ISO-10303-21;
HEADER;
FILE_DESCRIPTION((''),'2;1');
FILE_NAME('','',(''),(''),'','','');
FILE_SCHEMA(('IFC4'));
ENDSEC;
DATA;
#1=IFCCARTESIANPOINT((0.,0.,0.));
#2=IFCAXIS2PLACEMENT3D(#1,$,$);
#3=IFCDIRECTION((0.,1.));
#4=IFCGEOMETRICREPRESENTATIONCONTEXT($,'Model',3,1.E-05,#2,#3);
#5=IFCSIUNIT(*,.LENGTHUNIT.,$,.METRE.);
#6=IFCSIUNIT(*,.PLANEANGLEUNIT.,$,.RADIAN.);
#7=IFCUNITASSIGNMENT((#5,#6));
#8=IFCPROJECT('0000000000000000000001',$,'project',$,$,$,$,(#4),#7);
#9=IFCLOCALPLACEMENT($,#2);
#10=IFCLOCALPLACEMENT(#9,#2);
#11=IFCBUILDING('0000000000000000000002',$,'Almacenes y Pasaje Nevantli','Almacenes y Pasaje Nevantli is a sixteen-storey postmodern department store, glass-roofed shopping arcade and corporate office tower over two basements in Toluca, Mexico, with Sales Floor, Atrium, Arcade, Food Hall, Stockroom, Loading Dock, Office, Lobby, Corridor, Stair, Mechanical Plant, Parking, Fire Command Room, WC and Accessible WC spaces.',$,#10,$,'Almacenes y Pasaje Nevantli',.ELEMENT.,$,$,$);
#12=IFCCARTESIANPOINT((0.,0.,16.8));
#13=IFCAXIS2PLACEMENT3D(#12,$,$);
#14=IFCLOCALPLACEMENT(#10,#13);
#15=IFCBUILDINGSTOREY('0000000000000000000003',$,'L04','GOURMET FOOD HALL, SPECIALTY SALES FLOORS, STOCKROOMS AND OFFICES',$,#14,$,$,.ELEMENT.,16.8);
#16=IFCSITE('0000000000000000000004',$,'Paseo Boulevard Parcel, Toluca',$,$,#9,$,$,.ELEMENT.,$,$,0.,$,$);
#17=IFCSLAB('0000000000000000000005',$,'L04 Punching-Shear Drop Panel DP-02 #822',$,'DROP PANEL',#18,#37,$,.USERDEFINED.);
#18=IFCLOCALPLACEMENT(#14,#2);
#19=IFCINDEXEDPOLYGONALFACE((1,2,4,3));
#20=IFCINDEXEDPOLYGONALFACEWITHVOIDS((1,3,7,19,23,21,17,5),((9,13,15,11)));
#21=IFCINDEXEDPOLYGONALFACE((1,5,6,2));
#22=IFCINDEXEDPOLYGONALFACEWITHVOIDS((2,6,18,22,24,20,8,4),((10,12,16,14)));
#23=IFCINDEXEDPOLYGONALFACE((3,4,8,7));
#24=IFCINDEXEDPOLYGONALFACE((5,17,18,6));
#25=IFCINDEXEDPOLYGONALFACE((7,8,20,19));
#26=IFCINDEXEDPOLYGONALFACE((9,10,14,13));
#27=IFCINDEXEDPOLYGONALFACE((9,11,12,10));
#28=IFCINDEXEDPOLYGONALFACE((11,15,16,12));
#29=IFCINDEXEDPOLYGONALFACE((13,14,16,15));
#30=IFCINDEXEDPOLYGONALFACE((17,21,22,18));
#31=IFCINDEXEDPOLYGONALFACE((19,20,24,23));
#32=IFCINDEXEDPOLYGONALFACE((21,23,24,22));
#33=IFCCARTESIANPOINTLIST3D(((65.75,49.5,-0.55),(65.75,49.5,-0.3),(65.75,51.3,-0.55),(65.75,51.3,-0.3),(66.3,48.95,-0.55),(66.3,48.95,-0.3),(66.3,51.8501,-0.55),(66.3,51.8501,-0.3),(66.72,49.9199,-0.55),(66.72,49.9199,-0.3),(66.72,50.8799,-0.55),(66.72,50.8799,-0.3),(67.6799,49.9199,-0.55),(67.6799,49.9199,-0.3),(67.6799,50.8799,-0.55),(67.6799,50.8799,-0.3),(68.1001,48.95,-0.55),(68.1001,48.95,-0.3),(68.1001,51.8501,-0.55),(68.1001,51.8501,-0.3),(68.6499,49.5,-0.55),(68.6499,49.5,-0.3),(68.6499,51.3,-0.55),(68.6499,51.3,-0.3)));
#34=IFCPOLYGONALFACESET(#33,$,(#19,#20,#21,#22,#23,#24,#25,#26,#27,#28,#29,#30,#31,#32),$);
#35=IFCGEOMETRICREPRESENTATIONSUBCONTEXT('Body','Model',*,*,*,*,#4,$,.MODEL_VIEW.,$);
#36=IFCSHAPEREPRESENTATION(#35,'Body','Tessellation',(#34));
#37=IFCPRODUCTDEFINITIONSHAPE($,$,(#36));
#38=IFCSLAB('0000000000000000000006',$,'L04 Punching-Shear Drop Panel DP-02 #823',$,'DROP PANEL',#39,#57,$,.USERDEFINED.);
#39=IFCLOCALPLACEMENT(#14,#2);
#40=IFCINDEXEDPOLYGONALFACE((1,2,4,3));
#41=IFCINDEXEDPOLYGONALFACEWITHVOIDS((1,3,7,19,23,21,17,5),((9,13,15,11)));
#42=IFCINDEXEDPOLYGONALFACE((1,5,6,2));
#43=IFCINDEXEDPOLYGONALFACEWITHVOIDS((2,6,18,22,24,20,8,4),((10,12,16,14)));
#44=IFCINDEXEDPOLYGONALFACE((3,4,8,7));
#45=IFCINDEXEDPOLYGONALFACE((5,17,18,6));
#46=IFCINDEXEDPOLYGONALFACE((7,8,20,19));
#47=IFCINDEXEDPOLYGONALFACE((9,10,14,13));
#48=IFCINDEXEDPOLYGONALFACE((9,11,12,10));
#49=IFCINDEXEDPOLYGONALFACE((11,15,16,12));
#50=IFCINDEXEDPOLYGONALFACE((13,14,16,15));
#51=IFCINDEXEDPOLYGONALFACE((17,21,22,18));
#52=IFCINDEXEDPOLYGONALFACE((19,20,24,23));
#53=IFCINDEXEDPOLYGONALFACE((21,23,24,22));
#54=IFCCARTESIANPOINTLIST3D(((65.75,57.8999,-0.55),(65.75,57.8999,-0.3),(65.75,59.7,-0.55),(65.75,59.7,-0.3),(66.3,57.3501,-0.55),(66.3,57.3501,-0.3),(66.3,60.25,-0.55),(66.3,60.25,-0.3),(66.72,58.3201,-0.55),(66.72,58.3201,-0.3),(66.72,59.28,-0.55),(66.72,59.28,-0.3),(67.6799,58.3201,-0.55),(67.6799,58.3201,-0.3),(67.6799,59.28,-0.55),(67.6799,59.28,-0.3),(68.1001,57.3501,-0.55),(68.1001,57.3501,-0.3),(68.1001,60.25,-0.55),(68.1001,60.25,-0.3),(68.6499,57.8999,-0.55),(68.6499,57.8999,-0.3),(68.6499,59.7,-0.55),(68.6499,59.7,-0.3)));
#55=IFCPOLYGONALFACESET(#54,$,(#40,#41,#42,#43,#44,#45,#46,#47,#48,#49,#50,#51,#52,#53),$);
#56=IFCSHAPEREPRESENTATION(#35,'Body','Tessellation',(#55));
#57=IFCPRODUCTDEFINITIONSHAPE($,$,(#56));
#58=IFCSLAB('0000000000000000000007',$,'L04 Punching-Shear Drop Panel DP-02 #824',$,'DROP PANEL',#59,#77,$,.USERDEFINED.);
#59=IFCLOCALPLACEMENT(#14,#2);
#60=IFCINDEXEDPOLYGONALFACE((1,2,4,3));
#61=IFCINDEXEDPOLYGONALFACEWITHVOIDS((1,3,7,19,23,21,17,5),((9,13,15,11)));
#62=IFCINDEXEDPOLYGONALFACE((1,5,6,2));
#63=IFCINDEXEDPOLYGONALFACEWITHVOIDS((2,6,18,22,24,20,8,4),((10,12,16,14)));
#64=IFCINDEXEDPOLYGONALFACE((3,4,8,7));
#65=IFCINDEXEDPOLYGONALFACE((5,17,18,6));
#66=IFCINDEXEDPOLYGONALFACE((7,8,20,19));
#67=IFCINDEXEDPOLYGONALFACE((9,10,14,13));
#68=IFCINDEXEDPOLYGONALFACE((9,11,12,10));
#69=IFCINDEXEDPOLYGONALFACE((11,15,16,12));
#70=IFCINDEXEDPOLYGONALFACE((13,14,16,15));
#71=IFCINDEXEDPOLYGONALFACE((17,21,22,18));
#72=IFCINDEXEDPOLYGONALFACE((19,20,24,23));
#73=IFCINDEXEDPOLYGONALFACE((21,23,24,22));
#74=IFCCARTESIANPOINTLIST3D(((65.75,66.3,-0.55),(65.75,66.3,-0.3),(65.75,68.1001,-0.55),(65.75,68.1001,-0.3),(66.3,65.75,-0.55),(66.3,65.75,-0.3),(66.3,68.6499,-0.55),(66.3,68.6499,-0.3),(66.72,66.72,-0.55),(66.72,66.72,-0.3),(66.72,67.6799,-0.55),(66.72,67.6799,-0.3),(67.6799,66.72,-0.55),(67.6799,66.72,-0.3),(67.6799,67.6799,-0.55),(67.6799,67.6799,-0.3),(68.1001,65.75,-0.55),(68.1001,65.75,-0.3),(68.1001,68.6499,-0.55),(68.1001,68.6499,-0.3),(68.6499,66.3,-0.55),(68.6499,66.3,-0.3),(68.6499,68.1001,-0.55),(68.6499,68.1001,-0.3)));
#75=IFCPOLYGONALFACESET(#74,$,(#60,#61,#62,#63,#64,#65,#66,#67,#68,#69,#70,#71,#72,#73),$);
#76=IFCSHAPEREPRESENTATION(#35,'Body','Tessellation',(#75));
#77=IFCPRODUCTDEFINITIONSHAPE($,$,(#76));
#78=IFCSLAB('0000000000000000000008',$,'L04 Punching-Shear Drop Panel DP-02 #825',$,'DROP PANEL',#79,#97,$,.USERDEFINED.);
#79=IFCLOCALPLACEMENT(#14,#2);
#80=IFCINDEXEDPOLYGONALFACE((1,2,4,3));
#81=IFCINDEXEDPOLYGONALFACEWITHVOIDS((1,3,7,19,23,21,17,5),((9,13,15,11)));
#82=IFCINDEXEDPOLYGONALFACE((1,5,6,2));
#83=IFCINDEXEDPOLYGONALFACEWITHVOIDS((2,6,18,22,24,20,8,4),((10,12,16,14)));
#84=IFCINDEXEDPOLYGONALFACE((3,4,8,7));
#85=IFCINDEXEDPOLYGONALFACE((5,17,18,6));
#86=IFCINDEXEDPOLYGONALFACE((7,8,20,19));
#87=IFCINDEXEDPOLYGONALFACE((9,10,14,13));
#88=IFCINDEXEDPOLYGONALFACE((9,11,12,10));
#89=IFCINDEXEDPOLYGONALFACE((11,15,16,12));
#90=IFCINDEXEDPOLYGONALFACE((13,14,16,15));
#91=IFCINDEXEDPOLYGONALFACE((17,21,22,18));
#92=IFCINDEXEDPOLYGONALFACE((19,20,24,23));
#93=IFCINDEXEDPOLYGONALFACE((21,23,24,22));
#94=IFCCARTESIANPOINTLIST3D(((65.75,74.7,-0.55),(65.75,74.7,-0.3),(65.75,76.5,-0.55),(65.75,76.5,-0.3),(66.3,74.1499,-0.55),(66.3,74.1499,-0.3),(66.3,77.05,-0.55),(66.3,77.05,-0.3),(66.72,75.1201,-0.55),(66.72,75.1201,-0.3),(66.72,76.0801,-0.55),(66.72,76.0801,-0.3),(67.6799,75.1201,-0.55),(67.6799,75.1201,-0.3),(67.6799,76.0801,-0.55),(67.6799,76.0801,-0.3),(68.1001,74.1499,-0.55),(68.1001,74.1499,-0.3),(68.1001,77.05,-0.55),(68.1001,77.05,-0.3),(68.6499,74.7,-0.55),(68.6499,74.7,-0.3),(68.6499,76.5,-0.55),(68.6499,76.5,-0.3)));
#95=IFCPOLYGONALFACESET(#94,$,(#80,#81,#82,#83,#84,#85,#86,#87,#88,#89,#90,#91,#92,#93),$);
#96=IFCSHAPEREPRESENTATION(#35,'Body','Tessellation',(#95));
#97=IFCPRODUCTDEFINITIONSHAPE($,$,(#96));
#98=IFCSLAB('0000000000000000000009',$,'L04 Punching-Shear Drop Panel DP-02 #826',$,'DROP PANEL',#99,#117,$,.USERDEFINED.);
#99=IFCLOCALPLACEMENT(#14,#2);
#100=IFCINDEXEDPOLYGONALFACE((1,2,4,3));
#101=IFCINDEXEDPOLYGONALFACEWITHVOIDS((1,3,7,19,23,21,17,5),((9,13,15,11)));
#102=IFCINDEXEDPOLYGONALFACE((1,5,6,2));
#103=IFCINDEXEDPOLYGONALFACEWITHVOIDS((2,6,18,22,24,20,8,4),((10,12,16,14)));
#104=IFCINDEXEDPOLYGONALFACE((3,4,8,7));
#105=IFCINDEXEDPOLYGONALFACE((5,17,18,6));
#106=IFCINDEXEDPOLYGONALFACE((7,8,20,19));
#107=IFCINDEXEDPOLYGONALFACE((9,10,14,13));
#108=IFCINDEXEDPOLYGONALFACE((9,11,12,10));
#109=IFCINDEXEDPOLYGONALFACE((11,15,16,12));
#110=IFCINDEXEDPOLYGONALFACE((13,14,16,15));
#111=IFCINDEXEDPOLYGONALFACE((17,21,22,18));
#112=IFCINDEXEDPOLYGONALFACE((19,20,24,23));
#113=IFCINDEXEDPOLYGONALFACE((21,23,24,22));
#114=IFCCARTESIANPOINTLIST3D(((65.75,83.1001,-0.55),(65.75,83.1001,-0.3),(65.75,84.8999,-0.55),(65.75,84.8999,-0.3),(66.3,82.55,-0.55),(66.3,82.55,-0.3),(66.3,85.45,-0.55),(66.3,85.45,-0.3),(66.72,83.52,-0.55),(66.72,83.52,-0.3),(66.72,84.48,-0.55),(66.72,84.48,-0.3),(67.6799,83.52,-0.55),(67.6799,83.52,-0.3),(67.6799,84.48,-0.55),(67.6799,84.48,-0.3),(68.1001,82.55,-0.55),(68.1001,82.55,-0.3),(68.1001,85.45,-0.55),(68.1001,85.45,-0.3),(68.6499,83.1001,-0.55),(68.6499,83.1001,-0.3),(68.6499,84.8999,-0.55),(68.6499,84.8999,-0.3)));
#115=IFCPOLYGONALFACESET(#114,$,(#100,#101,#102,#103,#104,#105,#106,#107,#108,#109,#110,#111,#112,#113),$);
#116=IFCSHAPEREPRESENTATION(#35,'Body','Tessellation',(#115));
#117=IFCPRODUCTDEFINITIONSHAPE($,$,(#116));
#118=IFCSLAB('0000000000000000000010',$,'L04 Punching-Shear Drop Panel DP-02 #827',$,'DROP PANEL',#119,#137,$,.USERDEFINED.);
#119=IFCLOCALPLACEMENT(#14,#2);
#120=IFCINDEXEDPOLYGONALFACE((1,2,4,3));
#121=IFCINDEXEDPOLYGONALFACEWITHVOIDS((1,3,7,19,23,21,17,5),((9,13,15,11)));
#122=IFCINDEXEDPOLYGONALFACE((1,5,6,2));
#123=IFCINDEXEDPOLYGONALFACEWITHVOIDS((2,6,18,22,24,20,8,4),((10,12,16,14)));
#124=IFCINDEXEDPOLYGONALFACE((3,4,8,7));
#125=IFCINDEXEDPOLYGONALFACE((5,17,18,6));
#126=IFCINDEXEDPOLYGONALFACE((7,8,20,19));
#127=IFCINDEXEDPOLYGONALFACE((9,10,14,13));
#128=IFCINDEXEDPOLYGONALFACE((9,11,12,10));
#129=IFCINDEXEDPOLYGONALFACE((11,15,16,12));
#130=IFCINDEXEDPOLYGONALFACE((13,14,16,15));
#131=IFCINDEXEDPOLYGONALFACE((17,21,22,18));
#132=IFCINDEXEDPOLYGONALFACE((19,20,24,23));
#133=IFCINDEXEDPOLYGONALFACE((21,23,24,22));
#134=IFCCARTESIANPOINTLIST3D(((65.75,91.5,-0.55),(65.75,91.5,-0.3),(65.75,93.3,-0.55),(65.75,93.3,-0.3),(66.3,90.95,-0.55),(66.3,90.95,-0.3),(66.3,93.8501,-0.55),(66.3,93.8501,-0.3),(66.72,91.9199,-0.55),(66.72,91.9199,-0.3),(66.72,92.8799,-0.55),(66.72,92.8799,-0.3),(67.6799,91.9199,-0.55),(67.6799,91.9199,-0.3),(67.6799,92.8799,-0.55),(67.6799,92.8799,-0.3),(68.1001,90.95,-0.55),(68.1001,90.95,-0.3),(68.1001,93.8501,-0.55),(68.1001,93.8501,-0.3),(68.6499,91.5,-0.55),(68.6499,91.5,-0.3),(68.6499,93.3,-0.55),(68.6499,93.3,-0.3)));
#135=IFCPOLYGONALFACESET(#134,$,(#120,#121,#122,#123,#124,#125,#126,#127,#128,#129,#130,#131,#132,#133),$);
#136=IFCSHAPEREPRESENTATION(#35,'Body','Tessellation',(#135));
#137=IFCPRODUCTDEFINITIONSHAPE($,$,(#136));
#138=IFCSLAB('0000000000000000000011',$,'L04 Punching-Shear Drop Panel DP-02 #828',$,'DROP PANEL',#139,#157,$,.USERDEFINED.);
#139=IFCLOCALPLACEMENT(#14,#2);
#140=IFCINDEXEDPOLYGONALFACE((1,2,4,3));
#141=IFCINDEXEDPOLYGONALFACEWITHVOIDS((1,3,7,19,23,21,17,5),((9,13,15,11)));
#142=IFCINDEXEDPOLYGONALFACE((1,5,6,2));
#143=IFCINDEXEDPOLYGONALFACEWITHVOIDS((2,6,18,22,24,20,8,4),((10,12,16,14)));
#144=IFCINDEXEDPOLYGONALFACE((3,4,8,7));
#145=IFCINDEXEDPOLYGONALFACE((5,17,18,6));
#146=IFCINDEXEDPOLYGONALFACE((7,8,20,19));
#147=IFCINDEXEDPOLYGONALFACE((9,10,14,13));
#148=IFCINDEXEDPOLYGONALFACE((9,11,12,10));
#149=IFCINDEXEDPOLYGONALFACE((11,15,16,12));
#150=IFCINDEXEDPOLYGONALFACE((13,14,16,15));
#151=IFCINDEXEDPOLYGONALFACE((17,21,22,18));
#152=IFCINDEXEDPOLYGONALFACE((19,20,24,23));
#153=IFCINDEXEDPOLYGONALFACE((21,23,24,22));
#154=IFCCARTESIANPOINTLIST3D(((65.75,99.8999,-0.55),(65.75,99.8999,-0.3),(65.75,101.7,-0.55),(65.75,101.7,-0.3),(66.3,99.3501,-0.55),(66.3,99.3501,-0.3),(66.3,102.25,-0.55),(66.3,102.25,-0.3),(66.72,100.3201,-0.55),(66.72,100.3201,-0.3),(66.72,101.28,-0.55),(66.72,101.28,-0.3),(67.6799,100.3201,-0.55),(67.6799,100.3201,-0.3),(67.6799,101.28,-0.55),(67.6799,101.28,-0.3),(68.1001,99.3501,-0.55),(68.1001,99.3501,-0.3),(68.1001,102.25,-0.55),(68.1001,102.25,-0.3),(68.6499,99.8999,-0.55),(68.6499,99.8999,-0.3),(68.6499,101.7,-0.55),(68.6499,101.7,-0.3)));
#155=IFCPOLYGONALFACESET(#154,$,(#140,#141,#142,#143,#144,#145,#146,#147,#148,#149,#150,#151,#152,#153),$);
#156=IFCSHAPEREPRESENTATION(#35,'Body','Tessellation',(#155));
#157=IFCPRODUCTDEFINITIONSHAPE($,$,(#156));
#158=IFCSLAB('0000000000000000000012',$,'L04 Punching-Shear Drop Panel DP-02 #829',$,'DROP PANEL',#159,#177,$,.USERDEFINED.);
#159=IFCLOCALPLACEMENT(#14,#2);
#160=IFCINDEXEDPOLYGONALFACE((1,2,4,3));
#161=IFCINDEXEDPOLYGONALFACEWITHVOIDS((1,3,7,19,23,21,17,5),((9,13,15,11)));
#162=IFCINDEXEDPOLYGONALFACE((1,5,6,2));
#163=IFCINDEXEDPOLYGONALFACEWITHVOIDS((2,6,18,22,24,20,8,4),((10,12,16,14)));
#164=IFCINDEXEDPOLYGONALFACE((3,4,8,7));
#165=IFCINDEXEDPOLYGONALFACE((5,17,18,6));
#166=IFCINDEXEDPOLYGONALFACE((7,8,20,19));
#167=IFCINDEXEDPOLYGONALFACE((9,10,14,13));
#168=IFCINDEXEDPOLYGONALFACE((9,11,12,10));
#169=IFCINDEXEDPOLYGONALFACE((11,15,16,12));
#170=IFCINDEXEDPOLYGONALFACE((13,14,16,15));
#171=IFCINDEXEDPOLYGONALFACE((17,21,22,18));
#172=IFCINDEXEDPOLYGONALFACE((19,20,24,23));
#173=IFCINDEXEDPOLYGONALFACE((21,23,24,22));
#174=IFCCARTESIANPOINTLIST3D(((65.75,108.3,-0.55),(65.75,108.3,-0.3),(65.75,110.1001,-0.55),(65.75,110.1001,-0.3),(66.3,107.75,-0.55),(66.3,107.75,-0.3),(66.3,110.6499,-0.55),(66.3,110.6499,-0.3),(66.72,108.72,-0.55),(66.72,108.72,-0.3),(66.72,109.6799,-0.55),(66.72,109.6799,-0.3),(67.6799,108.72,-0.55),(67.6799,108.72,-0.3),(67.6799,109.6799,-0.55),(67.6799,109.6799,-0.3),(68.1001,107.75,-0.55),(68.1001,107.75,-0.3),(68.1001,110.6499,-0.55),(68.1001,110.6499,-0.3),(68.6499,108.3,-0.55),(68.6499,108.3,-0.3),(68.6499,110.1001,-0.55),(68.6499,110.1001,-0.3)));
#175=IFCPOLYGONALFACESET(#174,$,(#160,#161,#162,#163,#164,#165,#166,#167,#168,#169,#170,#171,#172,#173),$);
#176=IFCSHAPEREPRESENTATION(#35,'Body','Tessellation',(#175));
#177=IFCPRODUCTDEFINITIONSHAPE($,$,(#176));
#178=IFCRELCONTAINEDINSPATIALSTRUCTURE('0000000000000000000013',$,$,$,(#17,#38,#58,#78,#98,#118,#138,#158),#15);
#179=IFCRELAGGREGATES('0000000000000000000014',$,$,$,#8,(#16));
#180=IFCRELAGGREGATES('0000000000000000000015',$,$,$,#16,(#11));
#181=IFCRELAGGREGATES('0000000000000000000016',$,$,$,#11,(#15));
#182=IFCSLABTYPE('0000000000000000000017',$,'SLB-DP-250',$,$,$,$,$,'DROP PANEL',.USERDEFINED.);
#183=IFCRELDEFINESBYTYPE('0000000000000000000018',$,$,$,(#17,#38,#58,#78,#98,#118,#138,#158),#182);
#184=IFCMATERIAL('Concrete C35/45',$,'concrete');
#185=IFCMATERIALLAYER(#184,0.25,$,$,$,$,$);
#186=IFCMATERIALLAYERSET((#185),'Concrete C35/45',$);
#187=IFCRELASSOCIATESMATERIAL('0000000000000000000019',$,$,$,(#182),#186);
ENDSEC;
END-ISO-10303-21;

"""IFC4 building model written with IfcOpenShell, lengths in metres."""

from ifc_helpers import new_model, si_unit, direction, frame, origin, place, context, subcontext, project, spatial, polyline, outline, extrude, material, layer, layer_set, type_object, element, save


model = new_model("IFC4")

# Units and contexts
model_context = context("Model", 3, precision=1e-05, world=origin(), true_north=direction((0.0, 1.0)))
body_context = subcontext(model_context, "Body", "Model", "MODEL_VIEW")
ifc_project = project(units=[si_unit("LENGTHUNIT", "METRE"), si_unit("PLANEANGLEUNIT", "RADIAN")], contexts=[model_context])

# Site, building, storey
site_placement = place(None, origin())
site = spatial("IfcSite", under=ifc_project, at=site_placement, Name="Paseo Boulevard Parcel, Toluca", CompositionType="ELEMENT", RefElevation=0.0)
building_placement = place(site_placement, origin())
building = spatial("IfcBuilding", under=site, at=building_placement, Name="Almacenes y Pasaje Nevantli", Description="Almacenes y Pasaje Nevantli is a sixteen-storey postmodern department store, glass-roofed shopping arcade and corporate office tower over two basements in Toluca, Mexico, with Sales Floor, Atrium, Arcade, Food Hall, Stockroom, Loading Dock, Office, Lobby, Corridor, Stair, Mechanical Plant, Parking, Fire Command Room, WC and Accessible WC spaces.", LongName="Almacenes y Pasaje Nevantli", CompositionType="ELEMENT")
storey_placement = place(building_placement, frame((0.0, 0.0, 16.8)))
storey = spatial("IfcBuildingStorey", under=building, at=storey_placement, Name="L04", Description="GOURMET FOOD HALL, SPECIALTY SALES FLOORS, STOCKROOMS AND OFFICES", CompositionType="ELEMENT", Elevation=16.8)

# Slabs
ifc_material_1 = material(Name="Concrete C35/45", Category="concrete")
ifc_layer_1 = layer(ifc_material_1, 0.25)
ifc_layer_set_1 = layer_set([ifc_layer_1], Name="Concrete C35/45")
slab_type_1 = type_object("IfcSlabType", Name="SLB-DP-250", ElementType="DROP PANEL", PredefinedType="USERDEFINED", material=ifc_layer_set_1)
slab_1_placement = place(storey_placement, frame((0.0, 0.0, -0.55)))
element("IfcSlab", 1, at=slab_1_placement, inside=storey, type_object=slab_type_1, Name="L04 Punching-Shear Drop Panel DP-02 #822", ObjectType="DROP PANEL", PredefinedType="USERDEFINED", context=body_context, shape_type="SweptSolid", body=[
    extrude(outline(polyline([(66.3, 48.95), (68.1001, 48.95), (68.6499, 49.5), (68.6499, 51.3), (68.1001, 51.8501), (66.3, 51.8501), (65.75, 51.3), (65.75, 49.5), (66.3, 48.95)]), holes=[polyline([(66.72, 49.9199), (67.6799, 49.9199), (67.6799, 50.8799), (66.72, 50.8799), (66.72, 49.9199)])]), origin(), (0.0, 0.0, 1.0), 0.25),
])
slab_2_placement = place(storey_placement, frame((0.0, 0.0, -0.55)))
element("IfcSlab", 2, at=slab_2_placement, inside=storey, type_object=slab_type_1, Name="L04 Punching-Shear Drop Panel DP-02 #823", ObjectType="DROP PANEL", PredefinedType="USERDEFINED", context=body_context, shape_type="SweptSolid", body=[
    extrude(outline(polyline([(66.3, 57.3501), (68.1001, 57.3501), (68.6499, 57.8999), (68.6499, 59.7), (68.1001, 60.25), (66.3, 60.25), (65.75, 59.7), (65.75, 57.8999), (66.3, 57.3501)]), holes=[polyline([(66.72, 58.3201), (67.6799, 58.3201), (67.6799, 59.28), (66.72, 59.28), (66.72, 58.3201)])]), origin(), (0.0, 0.0, 1.0), 0.25),
])
slab_3_placement = place(storey_placement, frame((0.0, 0.0, -0.55)))
element("IfcSlab", 3, at=slab_3_placement, inside=storey, type_object=slab_type_1, Name="L04 Punching-Shear Drop Panel DP-02 #824", ObjectType="DROP PANEL", PredefinedType="USERDEFINED", context=body_context, shape_type="SweptSolid", body=[
    extrude(outline(polyline([(66.3, 65.75), (68.1001, 65.75), (68.6499, 66.3), (68.6499, 68.1001), (68.1001, 68.6499), (66.3, 68.6499), (65.75, 68.1001), (65.75, 66.3), (66.3, 65.75)]), holes=[polyline([(66.72, 66.72), (67.6799, 66.72), (67.6799, 67.6799), (66.72, 67.6799), (66.72, 66.72)])]), origin(), (0.0, 0.0, 1.0), 0.25),
])
slab_4_placement = place(storey_placement, frame((0.0, 0.0, -0.55)))
element("IfcSlab", 4, at=slab_4_placement, inside=storey, type_object=slab_type_1, Name="L04 Punching-Shear Drop Panel DP-02 #825", ObjectType="DROP PANEL", PredefinedType="USERDEFINED", context=body_context, shape_type="SweptSolid", body=[
    extrude(outline(polyline([(66.3, 74.1499), (68.1001, 74.1499), (68.6499, 74.7), (68.6499, 76.5), (68.1001, 77.05), (66.3, 77.05), (65.75, 76.5), (65.75, 74.7), (66.3, 74.1499)]), holes=[polyline([(66.72, 75.1201), (67.6799, 75.1201), (67.6799, 76.0801), (66.72, 76.0801), (66.72, 75.1201)])]), origin(), (0.0, 0.0, 1.0), 0.25),
])
slab_5_placement = place(storey_placement, frame((0.0, 0.0, -0.55)))
element("IfcSlab", 5, at=slab_5_placement, inside=storey, type_object=slab_type_1, Name="L04 Punching-Shear Drop Panel DP-02 #826", ObjectType="DROP PANEL", PredefinedType="USERDEFINED", context=body_context, shape_type="SweptSolid", body=[
    extrude(outline(polyline([(66.3, 82.55), (68.1001, 82.55), (68.6499, 83.1001), (68.6499, 84.8999), (68.1001, 85.45), (66.3, 85.45), (65.75, 84.8999), (65.75, 83.1001), (66.3, 82.55)]), holes=[polyline([(66.72, 83.52), (67.6799, 83.52), (67.6799, 84.48), (66.72, 84.48), (66.72, 83.52)])]), origin(), (0.0, 0.0, 1.0), 0.25),
])
slab_6_placement = place(storey_placement, frame((0.0, 0.0, -0.55)))
element("IfcSlab", 6, at=slab_6_placement, inside=storey, type_object=slab_type_1, Name="L04 Punching-Shear Drop Panel DP-02 #827", ObjectType="DROP PANEL", PredefinedType="USERDEFINED", context=body_context, shape_type="SweptSolid", body=[
    extrude(outline(polyline([(66.3, 90.95), (68.1001, 90.95), (68.6499, 91.5), (68.6499, 93.3), (68.1001, 93.8501), (66.3, 93.8501), (65.75, 93.3), (65.75, 91.5), (66.3, 90.95)]), holes=[polyline([(66.72, 91.9199), (67.6799, 91.9199), (67.6799, 92.8799), (66.72, 92.8799), (66.72, 91.9199)])]), origin(), (0.0, 0.0, 1.0), 0.25),
])
slab_7_placement = place(storey_placement, frame((0.0, 0.0, -0.55)))
element("IfcSlab", 7, at=slab_7_placement, inside=storey, type_object=slab_type_1, Name="L04 Punching-Shear Drop Panel DP-02 #828", ObjectType="DROP PANEL", PredefinedType="USERDEFINED", context=body_context, shape_type="SweptSolid", body=[
    extrude(outline(polyline([(66.3, 99.3501), (68.1001, 99.3501), (68.6499, 99.8999), (68.6499, 101.7), (68.1001, 102.25), (66.3, 102.25), (65.75, 101.7), (65.75, 99.8999), (66.3, 99.3501)]), holes=[polyline([(66.72, 100.3201), (67.6799, 100.3201), (67.6799, 101.28), (66.72, 101.28), (66.72, 100.3201)])]), origin(), (0.0, 0.0, 1.0), 0.25),
])
slab_8_placement = place(storey_placement, frame((0.0, 0.0, -0.55)))
element("IfcSlab", 8, at=slab_8_placement, inside=storey, type_object=slab_type_1, Name="L04 Punching-Shear Drop Panel DP-02 #829", ObjectType="DROP PANEL", PredefinedType="USERDEFINED", context=body_context, shape_type="SweptSolid", body=[
    extrude(outline(polyline([(66.3, 107.75), (68.1001, 107.75), (68.6499, 108.3), (68.6499, 110.1001), (68.1001, 110.6499), (66.3, 110.6499), (65.75, 110.1001), (65.75, 108.3), (66.3, 107.75)]), holes=[polyline([(66.72, 108.72), (67.6799, 108.72), (67.6799, 109.6799), (66.72, 109.6799), (66.72, 108.72)])]), origin(), (0.0, 0.0, 1.0), 0.25),
])

save(model, "model.ifc")
